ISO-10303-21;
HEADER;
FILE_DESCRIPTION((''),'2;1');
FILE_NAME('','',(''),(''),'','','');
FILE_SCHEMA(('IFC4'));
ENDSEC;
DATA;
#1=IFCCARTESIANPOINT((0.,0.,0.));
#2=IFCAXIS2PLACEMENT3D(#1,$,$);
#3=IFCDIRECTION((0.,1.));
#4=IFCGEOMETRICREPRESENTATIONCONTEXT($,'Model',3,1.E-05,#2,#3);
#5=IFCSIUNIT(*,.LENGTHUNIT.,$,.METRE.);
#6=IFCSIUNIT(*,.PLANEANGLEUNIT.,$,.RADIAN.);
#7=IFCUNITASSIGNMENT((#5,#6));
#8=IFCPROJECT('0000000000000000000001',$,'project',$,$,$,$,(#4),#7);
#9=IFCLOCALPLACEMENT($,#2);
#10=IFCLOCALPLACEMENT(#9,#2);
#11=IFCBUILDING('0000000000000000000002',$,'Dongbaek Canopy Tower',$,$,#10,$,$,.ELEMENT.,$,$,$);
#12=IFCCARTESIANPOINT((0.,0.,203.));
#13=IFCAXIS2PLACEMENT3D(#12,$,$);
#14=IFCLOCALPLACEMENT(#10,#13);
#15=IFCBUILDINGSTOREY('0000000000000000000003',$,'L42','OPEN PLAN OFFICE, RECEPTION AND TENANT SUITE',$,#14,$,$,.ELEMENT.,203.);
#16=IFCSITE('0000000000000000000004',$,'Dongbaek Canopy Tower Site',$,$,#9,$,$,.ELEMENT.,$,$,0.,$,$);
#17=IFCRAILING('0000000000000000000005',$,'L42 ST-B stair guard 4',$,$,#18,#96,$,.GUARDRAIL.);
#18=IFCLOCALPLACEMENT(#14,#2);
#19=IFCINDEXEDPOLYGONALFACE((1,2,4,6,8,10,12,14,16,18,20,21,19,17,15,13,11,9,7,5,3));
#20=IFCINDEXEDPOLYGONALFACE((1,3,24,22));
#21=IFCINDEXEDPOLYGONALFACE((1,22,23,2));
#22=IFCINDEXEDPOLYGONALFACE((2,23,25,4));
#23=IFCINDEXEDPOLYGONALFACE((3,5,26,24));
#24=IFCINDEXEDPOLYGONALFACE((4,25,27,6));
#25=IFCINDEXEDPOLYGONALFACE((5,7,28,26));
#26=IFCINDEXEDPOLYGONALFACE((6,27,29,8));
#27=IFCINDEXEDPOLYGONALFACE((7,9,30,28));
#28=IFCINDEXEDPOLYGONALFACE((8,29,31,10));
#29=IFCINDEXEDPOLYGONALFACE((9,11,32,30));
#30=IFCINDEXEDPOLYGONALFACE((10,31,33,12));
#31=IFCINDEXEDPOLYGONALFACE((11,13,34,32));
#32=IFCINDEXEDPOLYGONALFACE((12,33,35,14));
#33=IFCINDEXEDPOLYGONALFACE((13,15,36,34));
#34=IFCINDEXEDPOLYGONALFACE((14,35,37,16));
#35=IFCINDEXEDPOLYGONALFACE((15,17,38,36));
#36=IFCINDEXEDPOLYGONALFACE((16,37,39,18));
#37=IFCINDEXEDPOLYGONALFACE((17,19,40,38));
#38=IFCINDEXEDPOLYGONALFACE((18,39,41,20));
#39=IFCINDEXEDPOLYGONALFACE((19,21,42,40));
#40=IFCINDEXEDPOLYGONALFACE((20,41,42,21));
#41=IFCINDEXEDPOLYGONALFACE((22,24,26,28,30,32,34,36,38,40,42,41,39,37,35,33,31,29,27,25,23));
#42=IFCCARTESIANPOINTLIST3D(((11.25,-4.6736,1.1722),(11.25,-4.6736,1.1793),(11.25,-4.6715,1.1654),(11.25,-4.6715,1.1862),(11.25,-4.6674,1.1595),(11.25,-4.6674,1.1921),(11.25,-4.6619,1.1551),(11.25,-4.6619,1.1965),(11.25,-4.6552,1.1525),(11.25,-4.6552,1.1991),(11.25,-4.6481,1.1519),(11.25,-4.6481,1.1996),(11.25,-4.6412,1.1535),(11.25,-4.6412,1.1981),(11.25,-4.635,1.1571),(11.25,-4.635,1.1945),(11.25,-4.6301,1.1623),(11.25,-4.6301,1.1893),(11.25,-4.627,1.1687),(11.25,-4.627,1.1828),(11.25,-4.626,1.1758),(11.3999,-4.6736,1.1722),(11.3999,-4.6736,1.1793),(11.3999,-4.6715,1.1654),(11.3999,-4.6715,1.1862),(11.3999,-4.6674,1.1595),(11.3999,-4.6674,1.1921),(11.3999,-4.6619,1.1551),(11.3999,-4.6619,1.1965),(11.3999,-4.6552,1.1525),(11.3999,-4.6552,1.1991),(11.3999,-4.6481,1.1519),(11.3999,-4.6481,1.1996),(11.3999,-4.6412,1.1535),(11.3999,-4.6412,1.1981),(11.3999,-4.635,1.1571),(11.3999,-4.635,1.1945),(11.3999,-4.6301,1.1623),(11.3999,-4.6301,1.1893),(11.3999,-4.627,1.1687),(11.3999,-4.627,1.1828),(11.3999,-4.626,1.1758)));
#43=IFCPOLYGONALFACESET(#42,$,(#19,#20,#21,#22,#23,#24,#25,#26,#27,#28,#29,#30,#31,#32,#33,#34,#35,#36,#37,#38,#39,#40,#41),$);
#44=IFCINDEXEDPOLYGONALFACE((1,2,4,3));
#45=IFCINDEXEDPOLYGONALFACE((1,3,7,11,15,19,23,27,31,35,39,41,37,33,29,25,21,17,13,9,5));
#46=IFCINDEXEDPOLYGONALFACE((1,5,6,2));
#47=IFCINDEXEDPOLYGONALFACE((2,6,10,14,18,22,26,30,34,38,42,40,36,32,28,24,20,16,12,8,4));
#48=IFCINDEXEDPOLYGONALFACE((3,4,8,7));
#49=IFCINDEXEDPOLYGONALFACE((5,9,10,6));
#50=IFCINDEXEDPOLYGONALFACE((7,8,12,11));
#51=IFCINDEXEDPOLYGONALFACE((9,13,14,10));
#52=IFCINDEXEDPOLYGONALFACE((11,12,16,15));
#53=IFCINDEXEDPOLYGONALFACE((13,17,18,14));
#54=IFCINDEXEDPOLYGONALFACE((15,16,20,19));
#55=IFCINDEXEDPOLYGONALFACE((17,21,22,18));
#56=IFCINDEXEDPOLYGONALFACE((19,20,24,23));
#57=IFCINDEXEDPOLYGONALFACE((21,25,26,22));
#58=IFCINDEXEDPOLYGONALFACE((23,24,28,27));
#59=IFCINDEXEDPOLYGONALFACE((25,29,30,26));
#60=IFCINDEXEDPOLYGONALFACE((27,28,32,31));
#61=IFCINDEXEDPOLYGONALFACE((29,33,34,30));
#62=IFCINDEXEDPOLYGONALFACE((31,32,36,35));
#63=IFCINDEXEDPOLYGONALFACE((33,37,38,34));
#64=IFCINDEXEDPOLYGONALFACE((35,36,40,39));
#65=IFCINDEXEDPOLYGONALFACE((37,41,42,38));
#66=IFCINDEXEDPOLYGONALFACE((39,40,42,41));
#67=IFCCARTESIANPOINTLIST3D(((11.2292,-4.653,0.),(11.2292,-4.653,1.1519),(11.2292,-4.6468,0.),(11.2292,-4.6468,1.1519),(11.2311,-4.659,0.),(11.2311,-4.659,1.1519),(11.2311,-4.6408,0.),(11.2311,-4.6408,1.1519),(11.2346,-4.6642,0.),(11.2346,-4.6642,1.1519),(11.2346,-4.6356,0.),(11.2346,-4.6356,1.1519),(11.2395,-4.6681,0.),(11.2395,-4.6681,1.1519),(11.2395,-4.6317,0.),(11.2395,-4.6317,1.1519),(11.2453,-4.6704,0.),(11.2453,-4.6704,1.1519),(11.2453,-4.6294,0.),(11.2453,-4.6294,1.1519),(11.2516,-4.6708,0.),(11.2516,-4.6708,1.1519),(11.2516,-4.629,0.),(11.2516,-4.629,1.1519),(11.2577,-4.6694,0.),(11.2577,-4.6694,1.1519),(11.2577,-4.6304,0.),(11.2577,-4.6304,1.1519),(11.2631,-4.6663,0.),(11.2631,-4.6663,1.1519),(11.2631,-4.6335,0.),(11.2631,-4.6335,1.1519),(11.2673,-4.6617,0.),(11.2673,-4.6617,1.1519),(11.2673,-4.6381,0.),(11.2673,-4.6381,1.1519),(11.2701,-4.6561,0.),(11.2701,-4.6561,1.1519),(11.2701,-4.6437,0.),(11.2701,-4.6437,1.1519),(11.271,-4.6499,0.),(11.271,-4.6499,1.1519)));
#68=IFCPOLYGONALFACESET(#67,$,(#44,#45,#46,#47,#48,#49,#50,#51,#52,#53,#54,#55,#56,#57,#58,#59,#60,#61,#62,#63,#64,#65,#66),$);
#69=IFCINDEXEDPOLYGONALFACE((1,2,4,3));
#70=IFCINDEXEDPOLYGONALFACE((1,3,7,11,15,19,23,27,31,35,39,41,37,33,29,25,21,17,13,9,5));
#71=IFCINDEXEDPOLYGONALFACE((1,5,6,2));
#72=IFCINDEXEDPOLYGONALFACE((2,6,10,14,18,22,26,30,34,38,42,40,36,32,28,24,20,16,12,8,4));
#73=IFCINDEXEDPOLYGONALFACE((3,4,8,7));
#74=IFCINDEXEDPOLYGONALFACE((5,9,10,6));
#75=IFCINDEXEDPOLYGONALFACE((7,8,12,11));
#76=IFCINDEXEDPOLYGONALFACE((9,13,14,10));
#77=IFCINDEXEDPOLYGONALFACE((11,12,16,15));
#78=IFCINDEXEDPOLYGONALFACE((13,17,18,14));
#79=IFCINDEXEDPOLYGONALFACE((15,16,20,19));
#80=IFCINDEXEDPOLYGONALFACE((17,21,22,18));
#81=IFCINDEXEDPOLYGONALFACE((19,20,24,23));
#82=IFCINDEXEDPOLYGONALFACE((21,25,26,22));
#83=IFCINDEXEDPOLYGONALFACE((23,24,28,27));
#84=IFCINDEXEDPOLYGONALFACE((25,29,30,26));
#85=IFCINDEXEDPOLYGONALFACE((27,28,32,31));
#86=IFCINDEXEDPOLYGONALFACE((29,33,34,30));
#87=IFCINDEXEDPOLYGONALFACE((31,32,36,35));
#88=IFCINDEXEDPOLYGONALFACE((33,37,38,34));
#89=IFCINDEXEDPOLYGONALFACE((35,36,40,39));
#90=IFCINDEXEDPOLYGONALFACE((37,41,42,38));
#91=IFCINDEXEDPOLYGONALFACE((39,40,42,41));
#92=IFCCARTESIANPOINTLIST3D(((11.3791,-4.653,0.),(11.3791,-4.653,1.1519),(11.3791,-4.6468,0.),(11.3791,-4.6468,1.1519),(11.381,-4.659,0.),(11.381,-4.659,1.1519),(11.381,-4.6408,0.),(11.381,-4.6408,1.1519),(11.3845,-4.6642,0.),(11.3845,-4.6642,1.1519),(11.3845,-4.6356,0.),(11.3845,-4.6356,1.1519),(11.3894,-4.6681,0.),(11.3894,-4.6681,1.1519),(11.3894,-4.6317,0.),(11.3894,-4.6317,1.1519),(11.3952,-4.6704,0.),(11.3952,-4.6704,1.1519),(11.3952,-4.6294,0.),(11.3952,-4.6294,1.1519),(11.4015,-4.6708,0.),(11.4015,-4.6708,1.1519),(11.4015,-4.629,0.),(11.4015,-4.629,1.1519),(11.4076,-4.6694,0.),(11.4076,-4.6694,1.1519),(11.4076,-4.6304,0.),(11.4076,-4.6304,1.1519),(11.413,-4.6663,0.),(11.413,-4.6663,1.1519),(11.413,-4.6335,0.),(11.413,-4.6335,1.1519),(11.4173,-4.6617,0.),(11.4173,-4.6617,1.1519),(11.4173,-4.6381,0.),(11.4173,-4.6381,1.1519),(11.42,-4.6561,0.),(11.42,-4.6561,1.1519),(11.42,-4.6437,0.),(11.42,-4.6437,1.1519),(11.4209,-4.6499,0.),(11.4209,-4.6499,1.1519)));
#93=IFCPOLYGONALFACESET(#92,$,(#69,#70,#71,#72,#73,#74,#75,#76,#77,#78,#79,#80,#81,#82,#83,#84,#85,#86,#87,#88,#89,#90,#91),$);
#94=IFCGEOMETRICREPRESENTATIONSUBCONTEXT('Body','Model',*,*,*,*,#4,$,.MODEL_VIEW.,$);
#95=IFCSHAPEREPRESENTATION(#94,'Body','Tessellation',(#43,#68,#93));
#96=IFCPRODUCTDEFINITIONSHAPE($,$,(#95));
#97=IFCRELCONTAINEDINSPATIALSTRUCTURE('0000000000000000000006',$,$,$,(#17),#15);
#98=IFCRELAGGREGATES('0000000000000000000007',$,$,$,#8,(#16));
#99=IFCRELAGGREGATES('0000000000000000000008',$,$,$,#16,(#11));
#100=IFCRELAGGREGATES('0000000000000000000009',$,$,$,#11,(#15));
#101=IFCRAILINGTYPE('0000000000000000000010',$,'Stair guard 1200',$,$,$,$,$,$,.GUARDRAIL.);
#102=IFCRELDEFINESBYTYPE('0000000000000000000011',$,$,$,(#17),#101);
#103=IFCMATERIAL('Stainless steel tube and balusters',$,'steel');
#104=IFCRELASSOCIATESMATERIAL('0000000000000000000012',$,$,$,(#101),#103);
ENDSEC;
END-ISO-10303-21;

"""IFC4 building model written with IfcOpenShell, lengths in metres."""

from ifc_helpers import new_model, si_unit, direction, frame, origin, origin_2d, place, context, subcontext, project, spatial, circle, extrude, material, type_object, element, save


model = new_model("IFC4")

# Units and contexts
model_context = context("Model", 3, precision=1e-05, world=origin(), true_north=direction((0.0, 1.0)))
body_context = subcontext(model_context, "Body", "Model", "MODEL_VIEW")
ifc_project = project(units=[si_unit("LENGTHUNIT", "METRE"), si_unit("PLANEANGLEUNIT", "RADIAN")], contexts=[model_context])

# Site, building, storey
site_placement = place(None, origin())
site = spatial("IfcSite", under=ifc_project, at=site_placement, Name="Dongbaek Canopy Tower Site", CompositionType="ELEMENT", RefElevation=0.0)
building_placement = place(site_placement, origin())
building = spatial("IfcBuilding", under=site, at=building_placement, Name="Dongbaek Canopy Tower", CompositionType="ELEMENT")
storey_placement = place(building_placement, frame((0.0, 0.0, 203.0)))
storey = spatial("IfcBuildingStorey", under=building, at=storey_placement, Name="L42", Description="OPEN PLAN OFFICE, RECEPTION AND TENANT SUITE", CompositionType="ELEMENT", Elevation=203.0)

# Railing
ifc_material_1 = material(Name="Stainless steel tube and balusters", Category="steel")
railing_type_1 = type_object("IfcRailingType", Name="Stair guard 1200", PredefinedType="GUARDRAIL", material=ifc_material_1)
railing_1_placement = place(storey_placement, frame((11.25, -4.6499, 0.0)))
element("IfcRailing", 1, at=railing_1_placement, inside=storey, type_object=railing_type_1, Name="L42 ST-B stair guard 4", PredefinedType="GUARDRAIL", context=body_context, shape_type="SweptSolid", body=[
    extrude(circle(Radius=0.0239, at=origin_2d()), frame((0.0, 0.0, 1.1758), z_axis=(1.0, 0.0, 0.0), x_axis=(0.0, 1.0, 0.0)), (0.0, 0.0, 1.0), 0.1499),
    extrude(circle(Radius=0.021, at=origin_2d()), origin(), (0.0, 0.0, 1.0), 1.1519),
    extrude(circle(Radius=0.021, at=origin_2d()), frame((0.1499, 0.0, 0.0)), (0.0, 0.0, 1.0), 1.1519),
])

save(model, "model.ifc")
